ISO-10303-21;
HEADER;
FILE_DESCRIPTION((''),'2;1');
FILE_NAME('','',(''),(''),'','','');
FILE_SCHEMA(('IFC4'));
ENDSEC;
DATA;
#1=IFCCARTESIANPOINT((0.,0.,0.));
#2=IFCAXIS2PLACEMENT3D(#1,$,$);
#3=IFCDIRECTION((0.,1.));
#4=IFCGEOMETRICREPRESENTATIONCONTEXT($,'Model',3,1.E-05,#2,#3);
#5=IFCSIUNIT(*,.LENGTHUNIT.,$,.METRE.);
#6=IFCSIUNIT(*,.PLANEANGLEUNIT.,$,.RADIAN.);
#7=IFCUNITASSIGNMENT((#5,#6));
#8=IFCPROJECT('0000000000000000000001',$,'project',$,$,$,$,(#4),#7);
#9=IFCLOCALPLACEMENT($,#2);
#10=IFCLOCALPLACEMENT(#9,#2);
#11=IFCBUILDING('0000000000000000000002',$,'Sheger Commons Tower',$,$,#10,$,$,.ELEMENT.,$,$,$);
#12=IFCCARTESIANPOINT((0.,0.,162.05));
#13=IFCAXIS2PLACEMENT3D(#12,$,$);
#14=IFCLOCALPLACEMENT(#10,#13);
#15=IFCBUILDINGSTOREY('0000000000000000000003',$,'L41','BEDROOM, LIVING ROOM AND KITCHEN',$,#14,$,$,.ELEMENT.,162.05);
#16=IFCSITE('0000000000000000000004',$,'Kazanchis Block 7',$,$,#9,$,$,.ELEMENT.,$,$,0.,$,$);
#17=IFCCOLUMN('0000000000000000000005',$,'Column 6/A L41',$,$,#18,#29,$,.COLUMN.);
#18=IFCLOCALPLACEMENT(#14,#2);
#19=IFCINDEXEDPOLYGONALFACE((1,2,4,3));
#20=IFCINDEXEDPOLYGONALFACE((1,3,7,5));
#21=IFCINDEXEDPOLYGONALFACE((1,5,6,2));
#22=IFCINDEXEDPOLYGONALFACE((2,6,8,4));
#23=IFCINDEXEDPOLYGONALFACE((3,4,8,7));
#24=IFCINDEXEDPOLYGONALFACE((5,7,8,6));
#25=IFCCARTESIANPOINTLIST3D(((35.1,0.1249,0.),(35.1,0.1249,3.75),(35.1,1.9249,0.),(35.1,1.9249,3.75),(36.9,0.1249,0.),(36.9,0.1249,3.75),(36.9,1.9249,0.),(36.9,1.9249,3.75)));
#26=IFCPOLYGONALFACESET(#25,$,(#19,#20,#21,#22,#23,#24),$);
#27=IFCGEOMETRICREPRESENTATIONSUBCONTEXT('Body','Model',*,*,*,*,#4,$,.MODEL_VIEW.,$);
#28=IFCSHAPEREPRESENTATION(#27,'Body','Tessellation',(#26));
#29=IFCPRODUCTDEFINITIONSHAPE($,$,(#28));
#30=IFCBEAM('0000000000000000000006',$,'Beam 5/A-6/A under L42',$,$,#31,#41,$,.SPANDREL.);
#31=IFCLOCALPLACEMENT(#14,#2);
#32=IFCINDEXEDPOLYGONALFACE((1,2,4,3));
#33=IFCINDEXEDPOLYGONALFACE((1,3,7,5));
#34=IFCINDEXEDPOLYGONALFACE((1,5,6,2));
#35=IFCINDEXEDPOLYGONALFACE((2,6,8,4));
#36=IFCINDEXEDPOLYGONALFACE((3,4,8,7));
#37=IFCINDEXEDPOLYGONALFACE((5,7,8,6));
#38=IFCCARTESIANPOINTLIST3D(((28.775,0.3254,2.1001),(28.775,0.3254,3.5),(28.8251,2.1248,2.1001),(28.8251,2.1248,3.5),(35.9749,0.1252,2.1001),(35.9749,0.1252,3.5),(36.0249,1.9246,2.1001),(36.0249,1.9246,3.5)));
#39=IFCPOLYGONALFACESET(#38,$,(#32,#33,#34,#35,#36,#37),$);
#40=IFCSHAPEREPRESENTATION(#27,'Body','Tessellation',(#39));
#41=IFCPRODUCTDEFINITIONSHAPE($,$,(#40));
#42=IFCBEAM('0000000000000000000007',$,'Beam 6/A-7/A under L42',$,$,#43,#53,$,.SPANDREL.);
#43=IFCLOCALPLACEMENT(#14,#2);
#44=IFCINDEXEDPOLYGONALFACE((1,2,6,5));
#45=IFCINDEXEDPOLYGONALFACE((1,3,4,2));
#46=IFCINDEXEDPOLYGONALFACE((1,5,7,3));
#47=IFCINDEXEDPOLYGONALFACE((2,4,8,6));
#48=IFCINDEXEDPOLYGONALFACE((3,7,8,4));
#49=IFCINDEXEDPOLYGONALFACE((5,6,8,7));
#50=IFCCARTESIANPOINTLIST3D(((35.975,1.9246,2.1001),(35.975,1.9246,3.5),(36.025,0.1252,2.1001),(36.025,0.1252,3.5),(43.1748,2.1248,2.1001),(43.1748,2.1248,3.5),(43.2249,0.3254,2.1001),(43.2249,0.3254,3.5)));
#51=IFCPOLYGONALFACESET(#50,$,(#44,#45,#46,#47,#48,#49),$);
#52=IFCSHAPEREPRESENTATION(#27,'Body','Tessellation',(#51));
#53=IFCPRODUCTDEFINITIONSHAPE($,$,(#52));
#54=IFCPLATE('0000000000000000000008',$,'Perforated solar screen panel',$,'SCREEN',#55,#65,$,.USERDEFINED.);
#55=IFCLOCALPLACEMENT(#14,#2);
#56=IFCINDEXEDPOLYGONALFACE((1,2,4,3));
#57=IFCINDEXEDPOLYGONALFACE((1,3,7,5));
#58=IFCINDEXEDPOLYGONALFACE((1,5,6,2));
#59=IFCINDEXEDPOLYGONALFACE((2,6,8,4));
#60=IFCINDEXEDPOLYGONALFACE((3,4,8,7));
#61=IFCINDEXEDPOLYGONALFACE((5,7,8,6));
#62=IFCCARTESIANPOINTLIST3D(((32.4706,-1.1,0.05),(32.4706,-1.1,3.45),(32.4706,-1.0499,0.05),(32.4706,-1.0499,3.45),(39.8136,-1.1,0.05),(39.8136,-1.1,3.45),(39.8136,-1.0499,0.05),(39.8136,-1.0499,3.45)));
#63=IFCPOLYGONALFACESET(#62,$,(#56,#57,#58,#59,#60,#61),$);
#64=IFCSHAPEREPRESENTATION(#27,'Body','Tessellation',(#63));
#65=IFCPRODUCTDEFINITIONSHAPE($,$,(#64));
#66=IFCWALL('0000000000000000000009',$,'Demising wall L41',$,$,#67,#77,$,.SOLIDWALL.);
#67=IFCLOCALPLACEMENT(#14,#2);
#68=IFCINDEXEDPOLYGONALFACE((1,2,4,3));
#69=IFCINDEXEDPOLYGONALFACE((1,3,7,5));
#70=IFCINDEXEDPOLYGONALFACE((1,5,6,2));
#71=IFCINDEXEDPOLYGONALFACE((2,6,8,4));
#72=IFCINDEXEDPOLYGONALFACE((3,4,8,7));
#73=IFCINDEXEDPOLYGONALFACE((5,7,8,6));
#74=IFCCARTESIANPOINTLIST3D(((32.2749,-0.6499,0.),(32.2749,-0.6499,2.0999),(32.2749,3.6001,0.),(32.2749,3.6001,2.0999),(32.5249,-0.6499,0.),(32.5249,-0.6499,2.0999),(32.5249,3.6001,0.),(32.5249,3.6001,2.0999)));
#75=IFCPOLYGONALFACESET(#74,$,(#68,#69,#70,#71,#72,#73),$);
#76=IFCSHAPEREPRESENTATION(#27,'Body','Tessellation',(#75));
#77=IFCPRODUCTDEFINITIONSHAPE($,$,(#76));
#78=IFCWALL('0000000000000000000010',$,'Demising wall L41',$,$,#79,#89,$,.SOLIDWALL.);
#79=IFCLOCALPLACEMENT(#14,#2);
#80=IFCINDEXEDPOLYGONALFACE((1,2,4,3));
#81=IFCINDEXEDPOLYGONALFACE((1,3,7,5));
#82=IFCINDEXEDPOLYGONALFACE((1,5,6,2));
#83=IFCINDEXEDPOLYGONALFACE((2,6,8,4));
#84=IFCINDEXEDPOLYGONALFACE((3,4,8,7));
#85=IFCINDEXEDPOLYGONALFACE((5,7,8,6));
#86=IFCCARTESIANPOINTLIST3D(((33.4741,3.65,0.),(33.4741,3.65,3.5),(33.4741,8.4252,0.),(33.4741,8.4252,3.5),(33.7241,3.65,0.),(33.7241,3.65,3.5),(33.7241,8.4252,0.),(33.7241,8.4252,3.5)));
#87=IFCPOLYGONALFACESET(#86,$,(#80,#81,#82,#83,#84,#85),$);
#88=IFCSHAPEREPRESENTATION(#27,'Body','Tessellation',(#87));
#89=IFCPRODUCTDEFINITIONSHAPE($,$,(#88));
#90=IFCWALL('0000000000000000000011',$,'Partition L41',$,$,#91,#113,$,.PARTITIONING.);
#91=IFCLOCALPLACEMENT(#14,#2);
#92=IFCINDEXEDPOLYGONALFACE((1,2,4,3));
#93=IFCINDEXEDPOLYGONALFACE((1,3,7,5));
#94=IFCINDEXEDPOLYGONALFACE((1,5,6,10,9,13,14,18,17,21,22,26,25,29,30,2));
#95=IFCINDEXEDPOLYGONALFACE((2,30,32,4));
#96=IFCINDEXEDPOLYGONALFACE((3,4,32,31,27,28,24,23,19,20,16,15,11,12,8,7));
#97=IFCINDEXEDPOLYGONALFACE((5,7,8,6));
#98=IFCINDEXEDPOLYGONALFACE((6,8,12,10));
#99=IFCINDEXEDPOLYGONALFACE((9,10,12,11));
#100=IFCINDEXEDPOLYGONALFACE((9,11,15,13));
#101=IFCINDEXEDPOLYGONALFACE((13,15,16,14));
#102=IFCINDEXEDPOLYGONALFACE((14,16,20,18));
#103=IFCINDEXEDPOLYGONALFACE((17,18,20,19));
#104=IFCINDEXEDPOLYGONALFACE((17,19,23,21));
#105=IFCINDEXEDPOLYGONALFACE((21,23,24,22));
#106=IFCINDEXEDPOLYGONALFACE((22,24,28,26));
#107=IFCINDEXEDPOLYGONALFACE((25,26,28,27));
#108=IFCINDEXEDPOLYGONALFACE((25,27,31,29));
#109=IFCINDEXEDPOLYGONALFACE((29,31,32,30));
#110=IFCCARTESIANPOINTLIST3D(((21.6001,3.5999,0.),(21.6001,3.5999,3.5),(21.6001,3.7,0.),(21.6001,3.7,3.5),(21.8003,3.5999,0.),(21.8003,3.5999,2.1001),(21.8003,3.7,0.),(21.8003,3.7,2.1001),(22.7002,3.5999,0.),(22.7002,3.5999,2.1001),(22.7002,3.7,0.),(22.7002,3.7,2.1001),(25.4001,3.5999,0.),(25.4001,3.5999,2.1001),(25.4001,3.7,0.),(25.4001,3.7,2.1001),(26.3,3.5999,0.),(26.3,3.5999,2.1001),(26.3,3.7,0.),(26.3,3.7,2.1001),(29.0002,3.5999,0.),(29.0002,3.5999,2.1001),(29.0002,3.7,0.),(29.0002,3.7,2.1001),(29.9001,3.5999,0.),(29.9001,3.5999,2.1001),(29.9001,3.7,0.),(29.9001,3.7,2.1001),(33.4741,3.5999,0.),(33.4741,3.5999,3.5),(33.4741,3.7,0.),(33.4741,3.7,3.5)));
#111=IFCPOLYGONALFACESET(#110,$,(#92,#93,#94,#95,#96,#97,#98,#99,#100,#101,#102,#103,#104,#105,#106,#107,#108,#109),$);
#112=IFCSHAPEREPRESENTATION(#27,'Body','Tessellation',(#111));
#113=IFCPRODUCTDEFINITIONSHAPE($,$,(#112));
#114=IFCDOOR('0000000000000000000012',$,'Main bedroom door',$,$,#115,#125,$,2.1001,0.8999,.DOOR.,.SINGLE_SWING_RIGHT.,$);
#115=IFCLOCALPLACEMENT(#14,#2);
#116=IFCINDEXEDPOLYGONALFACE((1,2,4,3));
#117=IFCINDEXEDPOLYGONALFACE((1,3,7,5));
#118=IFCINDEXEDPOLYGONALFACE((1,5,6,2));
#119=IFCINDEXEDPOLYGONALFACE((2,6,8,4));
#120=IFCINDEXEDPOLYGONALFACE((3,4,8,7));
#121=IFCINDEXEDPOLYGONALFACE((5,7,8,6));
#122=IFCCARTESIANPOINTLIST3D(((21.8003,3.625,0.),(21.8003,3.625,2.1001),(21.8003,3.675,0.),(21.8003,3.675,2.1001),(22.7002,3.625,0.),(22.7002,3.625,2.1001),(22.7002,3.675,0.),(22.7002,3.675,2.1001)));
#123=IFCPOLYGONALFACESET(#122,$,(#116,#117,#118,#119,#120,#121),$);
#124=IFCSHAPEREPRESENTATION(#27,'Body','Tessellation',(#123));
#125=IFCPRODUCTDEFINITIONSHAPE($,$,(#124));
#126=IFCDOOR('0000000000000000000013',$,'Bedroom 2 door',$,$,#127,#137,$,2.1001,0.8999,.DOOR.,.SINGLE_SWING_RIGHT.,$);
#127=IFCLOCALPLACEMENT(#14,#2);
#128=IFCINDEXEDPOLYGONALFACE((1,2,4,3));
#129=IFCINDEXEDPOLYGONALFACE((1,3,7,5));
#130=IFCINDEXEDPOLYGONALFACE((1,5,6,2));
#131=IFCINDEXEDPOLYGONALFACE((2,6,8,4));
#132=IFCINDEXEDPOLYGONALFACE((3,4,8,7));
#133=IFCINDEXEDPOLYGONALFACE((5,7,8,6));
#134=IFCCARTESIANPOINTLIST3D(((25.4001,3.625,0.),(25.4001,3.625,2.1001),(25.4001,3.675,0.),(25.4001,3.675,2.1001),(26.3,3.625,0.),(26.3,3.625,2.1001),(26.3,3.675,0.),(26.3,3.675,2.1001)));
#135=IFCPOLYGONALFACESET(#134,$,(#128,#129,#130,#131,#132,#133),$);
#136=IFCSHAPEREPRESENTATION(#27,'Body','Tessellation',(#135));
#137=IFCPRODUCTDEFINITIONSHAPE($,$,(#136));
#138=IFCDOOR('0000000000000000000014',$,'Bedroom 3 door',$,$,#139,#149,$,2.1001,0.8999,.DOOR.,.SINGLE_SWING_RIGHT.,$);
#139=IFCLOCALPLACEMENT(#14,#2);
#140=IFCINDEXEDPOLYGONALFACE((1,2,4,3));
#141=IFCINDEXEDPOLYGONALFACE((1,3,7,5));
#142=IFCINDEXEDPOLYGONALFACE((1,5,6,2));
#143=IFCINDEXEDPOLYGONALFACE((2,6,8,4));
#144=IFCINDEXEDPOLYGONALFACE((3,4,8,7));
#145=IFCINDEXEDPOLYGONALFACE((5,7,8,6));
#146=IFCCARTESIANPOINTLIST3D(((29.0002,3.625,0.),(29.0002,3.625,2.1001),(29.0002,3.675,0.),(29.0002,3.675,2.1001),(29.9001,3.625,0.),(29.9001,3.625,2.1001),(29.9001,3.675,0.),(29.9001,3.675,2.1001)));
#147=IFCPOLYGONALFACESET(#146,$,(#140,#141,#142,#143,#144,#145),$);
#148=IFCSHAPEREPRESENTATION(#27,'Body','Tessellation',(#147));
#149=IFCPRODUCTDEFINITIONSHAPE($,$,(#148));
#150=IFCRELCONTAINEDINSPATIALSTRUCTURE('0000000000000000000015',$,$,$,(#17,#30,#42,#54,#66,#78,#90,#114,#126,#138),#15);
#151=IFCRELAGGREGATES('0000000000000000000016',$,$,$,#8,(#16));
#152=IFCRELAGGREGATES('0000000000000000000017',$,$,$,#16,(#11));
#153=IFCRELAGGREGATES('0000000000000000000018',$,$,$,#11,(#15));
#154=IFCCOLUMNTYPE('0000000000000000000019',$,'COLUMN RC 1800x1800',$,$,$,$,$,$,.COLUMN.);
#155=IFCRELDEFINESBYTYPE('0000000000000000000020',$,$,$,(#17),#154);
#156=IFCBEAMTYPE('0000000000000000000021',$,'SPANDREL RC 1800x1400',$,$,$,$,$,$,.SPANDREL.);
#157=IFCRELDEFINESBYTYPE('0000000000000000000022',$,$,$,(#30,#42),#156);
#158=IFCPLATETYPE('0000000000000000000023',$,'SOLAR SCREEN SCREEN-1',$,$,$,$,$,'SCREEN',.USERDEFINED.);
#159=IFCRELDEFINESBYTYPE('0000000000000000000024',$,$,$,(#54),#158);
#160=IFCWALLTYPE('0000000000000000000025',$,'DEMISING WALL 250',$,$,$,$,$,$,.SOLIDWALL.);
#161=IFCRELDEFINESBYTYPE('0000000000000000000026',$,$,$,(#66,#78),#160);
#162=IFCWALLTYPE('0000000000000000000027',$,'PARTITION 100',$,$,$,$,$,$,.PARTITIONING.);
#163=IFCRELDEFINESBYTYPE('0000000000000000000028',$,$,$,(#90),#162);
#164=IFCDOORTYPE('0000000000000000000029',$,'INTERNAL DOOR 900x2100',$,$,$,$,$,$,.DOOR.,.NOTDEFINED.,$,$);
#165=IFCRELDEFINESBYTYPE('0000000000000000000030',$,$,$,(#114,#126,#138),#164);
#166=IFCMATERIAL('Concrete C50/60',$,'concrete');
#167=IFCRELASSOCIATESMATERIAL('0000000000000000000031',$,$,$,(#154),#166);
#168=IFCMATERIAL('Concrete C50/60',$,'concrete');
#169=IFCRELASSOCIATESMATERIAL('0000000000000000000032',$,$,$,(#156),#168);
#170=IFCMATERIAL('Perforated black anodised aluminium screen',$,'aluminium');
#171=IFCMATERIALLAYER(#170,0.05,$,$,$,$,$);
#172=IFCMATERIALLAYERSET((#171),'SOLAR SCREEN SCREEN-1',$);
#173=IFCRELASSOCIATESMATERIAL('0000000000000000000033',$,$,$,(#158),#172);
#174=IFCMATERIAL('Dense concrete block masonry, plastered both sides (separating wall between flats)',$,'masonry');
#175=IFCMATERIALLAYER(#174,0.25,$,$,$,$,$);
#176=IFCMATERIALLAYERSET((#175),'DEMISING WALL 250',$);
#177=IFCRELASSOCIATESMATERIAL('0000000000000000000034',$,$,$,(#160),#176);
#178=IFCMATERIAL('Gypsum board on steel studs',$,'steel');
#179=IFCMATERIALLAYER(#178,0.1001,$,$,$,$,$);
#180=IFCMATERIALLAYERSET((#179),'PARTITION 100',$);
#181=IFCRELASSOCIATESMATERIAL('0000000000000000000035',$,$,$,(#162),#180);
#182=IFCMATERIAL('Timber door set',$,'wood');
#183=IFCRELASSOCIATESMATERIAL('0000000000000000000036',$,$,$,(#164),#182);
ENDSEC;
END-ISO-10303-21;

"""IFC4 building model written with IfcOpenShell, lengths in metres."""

from ifc_helpers import new_model, si_unit, direction, frame, frame_2d, origin, origin_2d, place, context, subcontext, project, spatial, rectangle, extrude, material, layer, layer_set, material_profile, profile_set, type_object, element, fill, save


model = new_model("IFC4")

# Units and contexts
model_context = context("Model", 3, precision=1e-05, world=origin(), true_north=direction((0.0, 1.0)))
body_context = subcontext(model_context, "Body", "Model", "MODEL_VIEW")
ifc_project = project(units=[si_unit("LENGTHUNIT", "METRE"), si_unit("PLANEANGLEUNIT", "RADIAN")], contexts=[model_context])

# Site, building, storey
site_placement = place(None, origin())
site = spatial("IfcSite", under=ifc_project, at=site_placement, Name="Kazanchis Block 7", CompositionType="ELEMENT", RefElevation=0.0)
building_placement = place(site_placement, origin())
building = spatial("IfcBuilding", under=site, at=building_placement, Name="Sheger Commons Tower", CompositionType="ELEMENT")
storey_placement = place(building_placement, frame((0.0, 0.0, 162.05)))
storey = spatial("IfcBuildingStorey", under=building, at=storey_placement, Name="L41", Description="BEDROOM, LIVING ROOM AND KITCHEN", CompositionType="ELEMENT", Elevation=162.05)

# Column
ifc_material_1 = material(Name="Concrete C50/60", Category="concrete")
ifc_material_profile_1 = material_profile(ifc_material_1, rectangle(XDim=1.8, YDim=1.8, at=origin_2d()), Name="RC 1800x1800")
ifc_profile_set_1 = profile_set([ifc_material_profile_1], Name="Concrete C50/60")
column_type = type_object("IfcColumnType", Name="COLUMN RC 1800x1800", PredefinedType="COLUMN", material=ifc_profile_set_1)
column_placement = place(storey_placement, frame((36.0, 1.0249, 0.0), z_axis=(0.0, 0.0, 1.0), x_axis=(1.0, 0.0, 0.0)))
element("IfcColumn", 1, at=column_placement, inside=storey, type_object=column_type, Name="Column 6/A L41", PredefinedType="COLUMN", context=body_context, shape_type="SweptSolid", body=[
    extrude(rectangle(XDim=1.8, YDim=1.8, at=origin_2d()), origin(), (0.0, 0.0, 1.0), 3.75),
])

# Beams
ifc_material_2 = material(Name="Concrete C50/60", Category="concrete")
ifc_material_profile_2 = material_profile(ifc_material_2, rectangle(XDim=1.8, YDim=1.3999, at=origin_2d()), Name="RC 1800x1400")
ifc_profile_set_2 = profile_set([ifc_material_profile_2], Name="Concrete C50/60")
beam_type = type_object("IfcBeamType", Name="SPANDREL RC 1800x1400", PredefinedType="SPANDREL", material=ifc_profile_set_2)
for number, where, z_axis, x_axis, name in (
    (2, (28.8, 1.2251, 2.8), (0.999614, -0.027794, 0.0), (0.027794, 0.999614, 0.0), "Beam 5/A-6/A under L42"),
    (3, (36.0, 1.0249, 2.8), (0.999614, 0.027794, 0.0), (-0.027794, 0.999614, 0.0), "Beam 6/A-7/A under L42"),
):
    element("IfcBeam", number, at=place(storey_placement, frame(where, z_axis=z_axis, x_axis=x_axis)), inside=storey, type_object=beam_type, Name=name, PredefinedType="SPANDREL", context=body_context, shape_type="SweptSolid", body=[
        extrude(rectangle(XDim=1.8, YDim=1.3999, at=origin_2d()), origin(), (0.0, 0.0, 1.0), 7.2026),
    ])

# Plate
ifc_material_3 = material(Name="Perforated black anodised aluminium screen", Category="aluminium")
ifc_layer_1 = layer(ifc_material_3, 0.05)
ifc_layer_set_1 = layer_set([ifc_layer_1], Name="SOLAR SCREEN SCREEN-1")
plate_type = type_object("IfcPlateType", Name="SOLAR SCREEN SCREEN-1", ElementType="SCREEN", PredefinedType="USERDEFINED", material=ifc_layer_set_1)
plate_placement = place(storey_placement, frame((36.1421, -1.075, 0.05), z_axis=(0.0, 0.0, 1.0), x_axis=(1.0, 0.0, 0.0)))
element("IfcPlate", 4, at=plate_placement, inside=storey, type_object=plate_type, Name="Perforated solar screen panel", ObjectType="SCREEN", PredefinedType="USERDEFINED", context=body_context, shape_type="SweptSolid", body=[
    extrude(rectangle(XDim=7.343, YDim=0.05, at=origin_2d()), origin(), (0.0, 0.0, 1.0), 3.3999),
])

# Walls
ifc_material_4 = material(Name="Dense concrete block masonry, plastered both sides (separating wall between flats)", Category="masonry")
ifc_layer_2 = layer(ifc_material_4, 0.25)
ifc_layer_set_2 = layer_set([ifc_layer_2], Name="DEMISING WALL 250")
wall_type_1 = type_object("IfcWallType", Name="DEMISING WALL 250", PredefinedType="SOLIDWALL", material=ifc_layer_set_2)
wall_1_placement = place(storey_placement, frame((32.3999, -0.6499, 0.0), z_axis=(0.0, 0.0, 1.0), x_axis=(0.0, 1.0, 0.0)))
element("IfcWall", 5, at=wall_1_placement, inside=storey, type_object=wall_type_1, Name="Demising wall L41", PredefinedType="SOLIDWALL", context=body_context, shape_type="SweptSolid", body=[
    extrude(rectangle(XDim=4.25, YDim=0.25, at=frame_2d((2.125, 0.0))), origin(), (0.0, 0.0, 1.0), 2.0999),
])
wall_2_placement = place(storey_placement, frame((33.5991, 3.6499, 0.0), z_axis=(0.0, 0.0, 1.0), x_axis=(0.0, 1.0, 0.0)))
element("IfcWall", 6, at=wall_2_placement, inside=storey, type_object=wall_type_1, Name="Demising wall L41", PredefinedType="SOLIDWALL", context=body_context, shape_type="SweptSolid", body=[
    extrude(rectangle(XDim=4.7751, YDim=0.25, at=frame_2d((2.3877, 0.0))), origin(), (0.0, 0.0, 1.0), 3.5),
])

# Wall, openings, doors
ifc_material_5 = material(Name="Gypsum board on steel studs", Category="steel")
ifc_layer_3 = layer(ifc_material_5, 0.1001)
ifc_layer_set_3 = layer_set([ifc_layer_3], Name="PARTITION 100")
wall_type_2 = type_object("IfcWallType", Name="PARTITION 100", PredefinedType="PARTITIONING", material=ifc_layer_set_3)
wall_3_placement = place(storey_placement, frame((33.4741, 3.6499, 0.0), z_axis=(0.0, 0.0, 1.0), x_axis=(-1.0, 0.0, 0.0)))
wall_3 = element("IfcWall", 7, at=wall_3_placement, inside=storey, type_object=wall_type_2, Name="Partition L41", PredefinedType="PARTITIONING", context=body_context, shape_type="SweptSolid", body=[
    extrude(rectangle(XDim=11.874, YDim=0.1001, at=frame_2d((5.937, 0.0))), origin(), (0.0, 0.0, 1.0), 3.5),
])
opening_1_placement = place(wall_3_placement, frame((10.7739, 0.0, 0.0)))
opening_1 = element("IfcOpeningElement", 8, at=opening_1_placement, cuts=wall_3, PredefinedType="OPENING", context=body_context, shape_type="SweptSolid", body=[
    extrude(rectangle(XDim=0.8999, YDim=2.1001, at=frame_2d((0.45, 1.05))), frame((0.0, 0.0601, 0.0), z_axis=(0.0, -1.0, 0.0), x_axis=(1.0, 0.0, 0.0)), (0.0, 0.0, 1.0), 0.1201),
])
opening_2_placement = place(wall_3_placement, frame((7.1741, 0.0, 0.0)))
opening_2 = element("IfcOpeningElement", 9, at=opening_2_placement, cuts=wall_3, PredefinedType="OPENING", context=body_context, shape_type="SweptSolid", body=[
    extrude(rectangle(XDim=0.8999, YDim=2.1001, at=frame_2d((0.45, 1.05))), frame((0.0, 0.0601, 0.0), z_axis=(0.0, -1.0, 0.0), x_axis=(1.0, 0.0, 0.0)), (0.0, 0.0, 1.0), 0.1201),
])
opening_3_placement = place(wall_3_placement, frame((3.574, 0.0, 0.0)))
opening_3 = element("IfcOpeningElement", 10, at=opening_3_placement, cuts=wall_3, PredefinedType="OPENING", context=body_context, shape_type="SweptSolid", body=[
    extrude(rectangle(XDim=0.8999, YDim=2.1001, at=frame_2d((0.45, 1.05))), frame((0.0, 0.0601, 0.0), z_axis=(0.0, -1.0, 0.0), x_axis=(1.0, 0.0, 0.0)), (0.0, 0.0, 1.0), 0.1201),
])
ifc_material_6 = material(Name="Timber door set", Category="wood")
door_type = type_object("IfcDoorType", Name="INTERNAL DOOR 900x2100", OperationType="NOTDEFINED", PredefinedType="DOOR", material=ifc_material_6)
door_1_placement = place(opening_1_placement, origin())
door_1 = element("IfcDoor", 11, at=door_1_placement, inside=storey, type_object=door_type, Name="Main bedroom door", OperationType="SINGLE_SWING_RIGHT", OverallHeight=2.1001, OverallWidth=0.8999, PredefinedType="DOOR", context=body_context, shape_type="SweptSolid", body=[
    extrude(rectangle(XDim=0.8999, YDim=2.1001, at=frame_2d((0.45, 1.05))), frame((0.0, 0.0249, 0.0), z_axis=(0.0, -1.0, 0.0), x_axis=(1.0, 0.0, 0.0)), (0.0, 0.0, 1.0), 0.05),
])
fill(opening_1, door_1)
door_2_placement = place(opening_2_placement, origin())
door_2 = element("IfcDoor", 12, at=door_2_placement, inside=storey, type_object=door_type, Name="Bedroom 2 door", OperationType="SINGLE_SWING_RIGHT", OverallHeight=2.1001, OverallWidth=0.8999, PredefinedType="DOOR", context=body_context, shape_type="SweptSolid", body=[
    extrude(rectangle(XDim=0.8999, YDim=2.1001, at=frame_2d((0.45, 1.05))), frame((0.0, 0.0249, 0.0), z_axis=(0.0, -1.0, 0.0), x_axis=(1.0, 0.0, 0.0)), (0.0, 0.0, 1.0), 0.05),
])
fill(opening_2, door_2)
door_3_placement = place(opening_3_placement, origin())
door_3 = element("IfcDoor", 13, at=door_3_placement, inside=storey, type_object=door_type, Name="Bedroom 3 door", OperationType="SINGLE_SWING_RIGHT", OverallHeight=2.1001, OverallWidth=0.8999, PredefinedType="DOOR", context=body_context, shape_type="SweptSolid", body=[
    extrude(rectangle(XDim=0.8999, YDim=2.1001, at=frame_2d((0.45, 1.05))), frame((0.0, 0.0249, 0.0), z_axis=(0.0, -1.0, 0.0), x_axis=(1.0, 0.0, 0.0)), (0.0, 0.0, 1.0), 0.05),
])
fill(opening_3, door_3)

save(model, "model.ifc")
